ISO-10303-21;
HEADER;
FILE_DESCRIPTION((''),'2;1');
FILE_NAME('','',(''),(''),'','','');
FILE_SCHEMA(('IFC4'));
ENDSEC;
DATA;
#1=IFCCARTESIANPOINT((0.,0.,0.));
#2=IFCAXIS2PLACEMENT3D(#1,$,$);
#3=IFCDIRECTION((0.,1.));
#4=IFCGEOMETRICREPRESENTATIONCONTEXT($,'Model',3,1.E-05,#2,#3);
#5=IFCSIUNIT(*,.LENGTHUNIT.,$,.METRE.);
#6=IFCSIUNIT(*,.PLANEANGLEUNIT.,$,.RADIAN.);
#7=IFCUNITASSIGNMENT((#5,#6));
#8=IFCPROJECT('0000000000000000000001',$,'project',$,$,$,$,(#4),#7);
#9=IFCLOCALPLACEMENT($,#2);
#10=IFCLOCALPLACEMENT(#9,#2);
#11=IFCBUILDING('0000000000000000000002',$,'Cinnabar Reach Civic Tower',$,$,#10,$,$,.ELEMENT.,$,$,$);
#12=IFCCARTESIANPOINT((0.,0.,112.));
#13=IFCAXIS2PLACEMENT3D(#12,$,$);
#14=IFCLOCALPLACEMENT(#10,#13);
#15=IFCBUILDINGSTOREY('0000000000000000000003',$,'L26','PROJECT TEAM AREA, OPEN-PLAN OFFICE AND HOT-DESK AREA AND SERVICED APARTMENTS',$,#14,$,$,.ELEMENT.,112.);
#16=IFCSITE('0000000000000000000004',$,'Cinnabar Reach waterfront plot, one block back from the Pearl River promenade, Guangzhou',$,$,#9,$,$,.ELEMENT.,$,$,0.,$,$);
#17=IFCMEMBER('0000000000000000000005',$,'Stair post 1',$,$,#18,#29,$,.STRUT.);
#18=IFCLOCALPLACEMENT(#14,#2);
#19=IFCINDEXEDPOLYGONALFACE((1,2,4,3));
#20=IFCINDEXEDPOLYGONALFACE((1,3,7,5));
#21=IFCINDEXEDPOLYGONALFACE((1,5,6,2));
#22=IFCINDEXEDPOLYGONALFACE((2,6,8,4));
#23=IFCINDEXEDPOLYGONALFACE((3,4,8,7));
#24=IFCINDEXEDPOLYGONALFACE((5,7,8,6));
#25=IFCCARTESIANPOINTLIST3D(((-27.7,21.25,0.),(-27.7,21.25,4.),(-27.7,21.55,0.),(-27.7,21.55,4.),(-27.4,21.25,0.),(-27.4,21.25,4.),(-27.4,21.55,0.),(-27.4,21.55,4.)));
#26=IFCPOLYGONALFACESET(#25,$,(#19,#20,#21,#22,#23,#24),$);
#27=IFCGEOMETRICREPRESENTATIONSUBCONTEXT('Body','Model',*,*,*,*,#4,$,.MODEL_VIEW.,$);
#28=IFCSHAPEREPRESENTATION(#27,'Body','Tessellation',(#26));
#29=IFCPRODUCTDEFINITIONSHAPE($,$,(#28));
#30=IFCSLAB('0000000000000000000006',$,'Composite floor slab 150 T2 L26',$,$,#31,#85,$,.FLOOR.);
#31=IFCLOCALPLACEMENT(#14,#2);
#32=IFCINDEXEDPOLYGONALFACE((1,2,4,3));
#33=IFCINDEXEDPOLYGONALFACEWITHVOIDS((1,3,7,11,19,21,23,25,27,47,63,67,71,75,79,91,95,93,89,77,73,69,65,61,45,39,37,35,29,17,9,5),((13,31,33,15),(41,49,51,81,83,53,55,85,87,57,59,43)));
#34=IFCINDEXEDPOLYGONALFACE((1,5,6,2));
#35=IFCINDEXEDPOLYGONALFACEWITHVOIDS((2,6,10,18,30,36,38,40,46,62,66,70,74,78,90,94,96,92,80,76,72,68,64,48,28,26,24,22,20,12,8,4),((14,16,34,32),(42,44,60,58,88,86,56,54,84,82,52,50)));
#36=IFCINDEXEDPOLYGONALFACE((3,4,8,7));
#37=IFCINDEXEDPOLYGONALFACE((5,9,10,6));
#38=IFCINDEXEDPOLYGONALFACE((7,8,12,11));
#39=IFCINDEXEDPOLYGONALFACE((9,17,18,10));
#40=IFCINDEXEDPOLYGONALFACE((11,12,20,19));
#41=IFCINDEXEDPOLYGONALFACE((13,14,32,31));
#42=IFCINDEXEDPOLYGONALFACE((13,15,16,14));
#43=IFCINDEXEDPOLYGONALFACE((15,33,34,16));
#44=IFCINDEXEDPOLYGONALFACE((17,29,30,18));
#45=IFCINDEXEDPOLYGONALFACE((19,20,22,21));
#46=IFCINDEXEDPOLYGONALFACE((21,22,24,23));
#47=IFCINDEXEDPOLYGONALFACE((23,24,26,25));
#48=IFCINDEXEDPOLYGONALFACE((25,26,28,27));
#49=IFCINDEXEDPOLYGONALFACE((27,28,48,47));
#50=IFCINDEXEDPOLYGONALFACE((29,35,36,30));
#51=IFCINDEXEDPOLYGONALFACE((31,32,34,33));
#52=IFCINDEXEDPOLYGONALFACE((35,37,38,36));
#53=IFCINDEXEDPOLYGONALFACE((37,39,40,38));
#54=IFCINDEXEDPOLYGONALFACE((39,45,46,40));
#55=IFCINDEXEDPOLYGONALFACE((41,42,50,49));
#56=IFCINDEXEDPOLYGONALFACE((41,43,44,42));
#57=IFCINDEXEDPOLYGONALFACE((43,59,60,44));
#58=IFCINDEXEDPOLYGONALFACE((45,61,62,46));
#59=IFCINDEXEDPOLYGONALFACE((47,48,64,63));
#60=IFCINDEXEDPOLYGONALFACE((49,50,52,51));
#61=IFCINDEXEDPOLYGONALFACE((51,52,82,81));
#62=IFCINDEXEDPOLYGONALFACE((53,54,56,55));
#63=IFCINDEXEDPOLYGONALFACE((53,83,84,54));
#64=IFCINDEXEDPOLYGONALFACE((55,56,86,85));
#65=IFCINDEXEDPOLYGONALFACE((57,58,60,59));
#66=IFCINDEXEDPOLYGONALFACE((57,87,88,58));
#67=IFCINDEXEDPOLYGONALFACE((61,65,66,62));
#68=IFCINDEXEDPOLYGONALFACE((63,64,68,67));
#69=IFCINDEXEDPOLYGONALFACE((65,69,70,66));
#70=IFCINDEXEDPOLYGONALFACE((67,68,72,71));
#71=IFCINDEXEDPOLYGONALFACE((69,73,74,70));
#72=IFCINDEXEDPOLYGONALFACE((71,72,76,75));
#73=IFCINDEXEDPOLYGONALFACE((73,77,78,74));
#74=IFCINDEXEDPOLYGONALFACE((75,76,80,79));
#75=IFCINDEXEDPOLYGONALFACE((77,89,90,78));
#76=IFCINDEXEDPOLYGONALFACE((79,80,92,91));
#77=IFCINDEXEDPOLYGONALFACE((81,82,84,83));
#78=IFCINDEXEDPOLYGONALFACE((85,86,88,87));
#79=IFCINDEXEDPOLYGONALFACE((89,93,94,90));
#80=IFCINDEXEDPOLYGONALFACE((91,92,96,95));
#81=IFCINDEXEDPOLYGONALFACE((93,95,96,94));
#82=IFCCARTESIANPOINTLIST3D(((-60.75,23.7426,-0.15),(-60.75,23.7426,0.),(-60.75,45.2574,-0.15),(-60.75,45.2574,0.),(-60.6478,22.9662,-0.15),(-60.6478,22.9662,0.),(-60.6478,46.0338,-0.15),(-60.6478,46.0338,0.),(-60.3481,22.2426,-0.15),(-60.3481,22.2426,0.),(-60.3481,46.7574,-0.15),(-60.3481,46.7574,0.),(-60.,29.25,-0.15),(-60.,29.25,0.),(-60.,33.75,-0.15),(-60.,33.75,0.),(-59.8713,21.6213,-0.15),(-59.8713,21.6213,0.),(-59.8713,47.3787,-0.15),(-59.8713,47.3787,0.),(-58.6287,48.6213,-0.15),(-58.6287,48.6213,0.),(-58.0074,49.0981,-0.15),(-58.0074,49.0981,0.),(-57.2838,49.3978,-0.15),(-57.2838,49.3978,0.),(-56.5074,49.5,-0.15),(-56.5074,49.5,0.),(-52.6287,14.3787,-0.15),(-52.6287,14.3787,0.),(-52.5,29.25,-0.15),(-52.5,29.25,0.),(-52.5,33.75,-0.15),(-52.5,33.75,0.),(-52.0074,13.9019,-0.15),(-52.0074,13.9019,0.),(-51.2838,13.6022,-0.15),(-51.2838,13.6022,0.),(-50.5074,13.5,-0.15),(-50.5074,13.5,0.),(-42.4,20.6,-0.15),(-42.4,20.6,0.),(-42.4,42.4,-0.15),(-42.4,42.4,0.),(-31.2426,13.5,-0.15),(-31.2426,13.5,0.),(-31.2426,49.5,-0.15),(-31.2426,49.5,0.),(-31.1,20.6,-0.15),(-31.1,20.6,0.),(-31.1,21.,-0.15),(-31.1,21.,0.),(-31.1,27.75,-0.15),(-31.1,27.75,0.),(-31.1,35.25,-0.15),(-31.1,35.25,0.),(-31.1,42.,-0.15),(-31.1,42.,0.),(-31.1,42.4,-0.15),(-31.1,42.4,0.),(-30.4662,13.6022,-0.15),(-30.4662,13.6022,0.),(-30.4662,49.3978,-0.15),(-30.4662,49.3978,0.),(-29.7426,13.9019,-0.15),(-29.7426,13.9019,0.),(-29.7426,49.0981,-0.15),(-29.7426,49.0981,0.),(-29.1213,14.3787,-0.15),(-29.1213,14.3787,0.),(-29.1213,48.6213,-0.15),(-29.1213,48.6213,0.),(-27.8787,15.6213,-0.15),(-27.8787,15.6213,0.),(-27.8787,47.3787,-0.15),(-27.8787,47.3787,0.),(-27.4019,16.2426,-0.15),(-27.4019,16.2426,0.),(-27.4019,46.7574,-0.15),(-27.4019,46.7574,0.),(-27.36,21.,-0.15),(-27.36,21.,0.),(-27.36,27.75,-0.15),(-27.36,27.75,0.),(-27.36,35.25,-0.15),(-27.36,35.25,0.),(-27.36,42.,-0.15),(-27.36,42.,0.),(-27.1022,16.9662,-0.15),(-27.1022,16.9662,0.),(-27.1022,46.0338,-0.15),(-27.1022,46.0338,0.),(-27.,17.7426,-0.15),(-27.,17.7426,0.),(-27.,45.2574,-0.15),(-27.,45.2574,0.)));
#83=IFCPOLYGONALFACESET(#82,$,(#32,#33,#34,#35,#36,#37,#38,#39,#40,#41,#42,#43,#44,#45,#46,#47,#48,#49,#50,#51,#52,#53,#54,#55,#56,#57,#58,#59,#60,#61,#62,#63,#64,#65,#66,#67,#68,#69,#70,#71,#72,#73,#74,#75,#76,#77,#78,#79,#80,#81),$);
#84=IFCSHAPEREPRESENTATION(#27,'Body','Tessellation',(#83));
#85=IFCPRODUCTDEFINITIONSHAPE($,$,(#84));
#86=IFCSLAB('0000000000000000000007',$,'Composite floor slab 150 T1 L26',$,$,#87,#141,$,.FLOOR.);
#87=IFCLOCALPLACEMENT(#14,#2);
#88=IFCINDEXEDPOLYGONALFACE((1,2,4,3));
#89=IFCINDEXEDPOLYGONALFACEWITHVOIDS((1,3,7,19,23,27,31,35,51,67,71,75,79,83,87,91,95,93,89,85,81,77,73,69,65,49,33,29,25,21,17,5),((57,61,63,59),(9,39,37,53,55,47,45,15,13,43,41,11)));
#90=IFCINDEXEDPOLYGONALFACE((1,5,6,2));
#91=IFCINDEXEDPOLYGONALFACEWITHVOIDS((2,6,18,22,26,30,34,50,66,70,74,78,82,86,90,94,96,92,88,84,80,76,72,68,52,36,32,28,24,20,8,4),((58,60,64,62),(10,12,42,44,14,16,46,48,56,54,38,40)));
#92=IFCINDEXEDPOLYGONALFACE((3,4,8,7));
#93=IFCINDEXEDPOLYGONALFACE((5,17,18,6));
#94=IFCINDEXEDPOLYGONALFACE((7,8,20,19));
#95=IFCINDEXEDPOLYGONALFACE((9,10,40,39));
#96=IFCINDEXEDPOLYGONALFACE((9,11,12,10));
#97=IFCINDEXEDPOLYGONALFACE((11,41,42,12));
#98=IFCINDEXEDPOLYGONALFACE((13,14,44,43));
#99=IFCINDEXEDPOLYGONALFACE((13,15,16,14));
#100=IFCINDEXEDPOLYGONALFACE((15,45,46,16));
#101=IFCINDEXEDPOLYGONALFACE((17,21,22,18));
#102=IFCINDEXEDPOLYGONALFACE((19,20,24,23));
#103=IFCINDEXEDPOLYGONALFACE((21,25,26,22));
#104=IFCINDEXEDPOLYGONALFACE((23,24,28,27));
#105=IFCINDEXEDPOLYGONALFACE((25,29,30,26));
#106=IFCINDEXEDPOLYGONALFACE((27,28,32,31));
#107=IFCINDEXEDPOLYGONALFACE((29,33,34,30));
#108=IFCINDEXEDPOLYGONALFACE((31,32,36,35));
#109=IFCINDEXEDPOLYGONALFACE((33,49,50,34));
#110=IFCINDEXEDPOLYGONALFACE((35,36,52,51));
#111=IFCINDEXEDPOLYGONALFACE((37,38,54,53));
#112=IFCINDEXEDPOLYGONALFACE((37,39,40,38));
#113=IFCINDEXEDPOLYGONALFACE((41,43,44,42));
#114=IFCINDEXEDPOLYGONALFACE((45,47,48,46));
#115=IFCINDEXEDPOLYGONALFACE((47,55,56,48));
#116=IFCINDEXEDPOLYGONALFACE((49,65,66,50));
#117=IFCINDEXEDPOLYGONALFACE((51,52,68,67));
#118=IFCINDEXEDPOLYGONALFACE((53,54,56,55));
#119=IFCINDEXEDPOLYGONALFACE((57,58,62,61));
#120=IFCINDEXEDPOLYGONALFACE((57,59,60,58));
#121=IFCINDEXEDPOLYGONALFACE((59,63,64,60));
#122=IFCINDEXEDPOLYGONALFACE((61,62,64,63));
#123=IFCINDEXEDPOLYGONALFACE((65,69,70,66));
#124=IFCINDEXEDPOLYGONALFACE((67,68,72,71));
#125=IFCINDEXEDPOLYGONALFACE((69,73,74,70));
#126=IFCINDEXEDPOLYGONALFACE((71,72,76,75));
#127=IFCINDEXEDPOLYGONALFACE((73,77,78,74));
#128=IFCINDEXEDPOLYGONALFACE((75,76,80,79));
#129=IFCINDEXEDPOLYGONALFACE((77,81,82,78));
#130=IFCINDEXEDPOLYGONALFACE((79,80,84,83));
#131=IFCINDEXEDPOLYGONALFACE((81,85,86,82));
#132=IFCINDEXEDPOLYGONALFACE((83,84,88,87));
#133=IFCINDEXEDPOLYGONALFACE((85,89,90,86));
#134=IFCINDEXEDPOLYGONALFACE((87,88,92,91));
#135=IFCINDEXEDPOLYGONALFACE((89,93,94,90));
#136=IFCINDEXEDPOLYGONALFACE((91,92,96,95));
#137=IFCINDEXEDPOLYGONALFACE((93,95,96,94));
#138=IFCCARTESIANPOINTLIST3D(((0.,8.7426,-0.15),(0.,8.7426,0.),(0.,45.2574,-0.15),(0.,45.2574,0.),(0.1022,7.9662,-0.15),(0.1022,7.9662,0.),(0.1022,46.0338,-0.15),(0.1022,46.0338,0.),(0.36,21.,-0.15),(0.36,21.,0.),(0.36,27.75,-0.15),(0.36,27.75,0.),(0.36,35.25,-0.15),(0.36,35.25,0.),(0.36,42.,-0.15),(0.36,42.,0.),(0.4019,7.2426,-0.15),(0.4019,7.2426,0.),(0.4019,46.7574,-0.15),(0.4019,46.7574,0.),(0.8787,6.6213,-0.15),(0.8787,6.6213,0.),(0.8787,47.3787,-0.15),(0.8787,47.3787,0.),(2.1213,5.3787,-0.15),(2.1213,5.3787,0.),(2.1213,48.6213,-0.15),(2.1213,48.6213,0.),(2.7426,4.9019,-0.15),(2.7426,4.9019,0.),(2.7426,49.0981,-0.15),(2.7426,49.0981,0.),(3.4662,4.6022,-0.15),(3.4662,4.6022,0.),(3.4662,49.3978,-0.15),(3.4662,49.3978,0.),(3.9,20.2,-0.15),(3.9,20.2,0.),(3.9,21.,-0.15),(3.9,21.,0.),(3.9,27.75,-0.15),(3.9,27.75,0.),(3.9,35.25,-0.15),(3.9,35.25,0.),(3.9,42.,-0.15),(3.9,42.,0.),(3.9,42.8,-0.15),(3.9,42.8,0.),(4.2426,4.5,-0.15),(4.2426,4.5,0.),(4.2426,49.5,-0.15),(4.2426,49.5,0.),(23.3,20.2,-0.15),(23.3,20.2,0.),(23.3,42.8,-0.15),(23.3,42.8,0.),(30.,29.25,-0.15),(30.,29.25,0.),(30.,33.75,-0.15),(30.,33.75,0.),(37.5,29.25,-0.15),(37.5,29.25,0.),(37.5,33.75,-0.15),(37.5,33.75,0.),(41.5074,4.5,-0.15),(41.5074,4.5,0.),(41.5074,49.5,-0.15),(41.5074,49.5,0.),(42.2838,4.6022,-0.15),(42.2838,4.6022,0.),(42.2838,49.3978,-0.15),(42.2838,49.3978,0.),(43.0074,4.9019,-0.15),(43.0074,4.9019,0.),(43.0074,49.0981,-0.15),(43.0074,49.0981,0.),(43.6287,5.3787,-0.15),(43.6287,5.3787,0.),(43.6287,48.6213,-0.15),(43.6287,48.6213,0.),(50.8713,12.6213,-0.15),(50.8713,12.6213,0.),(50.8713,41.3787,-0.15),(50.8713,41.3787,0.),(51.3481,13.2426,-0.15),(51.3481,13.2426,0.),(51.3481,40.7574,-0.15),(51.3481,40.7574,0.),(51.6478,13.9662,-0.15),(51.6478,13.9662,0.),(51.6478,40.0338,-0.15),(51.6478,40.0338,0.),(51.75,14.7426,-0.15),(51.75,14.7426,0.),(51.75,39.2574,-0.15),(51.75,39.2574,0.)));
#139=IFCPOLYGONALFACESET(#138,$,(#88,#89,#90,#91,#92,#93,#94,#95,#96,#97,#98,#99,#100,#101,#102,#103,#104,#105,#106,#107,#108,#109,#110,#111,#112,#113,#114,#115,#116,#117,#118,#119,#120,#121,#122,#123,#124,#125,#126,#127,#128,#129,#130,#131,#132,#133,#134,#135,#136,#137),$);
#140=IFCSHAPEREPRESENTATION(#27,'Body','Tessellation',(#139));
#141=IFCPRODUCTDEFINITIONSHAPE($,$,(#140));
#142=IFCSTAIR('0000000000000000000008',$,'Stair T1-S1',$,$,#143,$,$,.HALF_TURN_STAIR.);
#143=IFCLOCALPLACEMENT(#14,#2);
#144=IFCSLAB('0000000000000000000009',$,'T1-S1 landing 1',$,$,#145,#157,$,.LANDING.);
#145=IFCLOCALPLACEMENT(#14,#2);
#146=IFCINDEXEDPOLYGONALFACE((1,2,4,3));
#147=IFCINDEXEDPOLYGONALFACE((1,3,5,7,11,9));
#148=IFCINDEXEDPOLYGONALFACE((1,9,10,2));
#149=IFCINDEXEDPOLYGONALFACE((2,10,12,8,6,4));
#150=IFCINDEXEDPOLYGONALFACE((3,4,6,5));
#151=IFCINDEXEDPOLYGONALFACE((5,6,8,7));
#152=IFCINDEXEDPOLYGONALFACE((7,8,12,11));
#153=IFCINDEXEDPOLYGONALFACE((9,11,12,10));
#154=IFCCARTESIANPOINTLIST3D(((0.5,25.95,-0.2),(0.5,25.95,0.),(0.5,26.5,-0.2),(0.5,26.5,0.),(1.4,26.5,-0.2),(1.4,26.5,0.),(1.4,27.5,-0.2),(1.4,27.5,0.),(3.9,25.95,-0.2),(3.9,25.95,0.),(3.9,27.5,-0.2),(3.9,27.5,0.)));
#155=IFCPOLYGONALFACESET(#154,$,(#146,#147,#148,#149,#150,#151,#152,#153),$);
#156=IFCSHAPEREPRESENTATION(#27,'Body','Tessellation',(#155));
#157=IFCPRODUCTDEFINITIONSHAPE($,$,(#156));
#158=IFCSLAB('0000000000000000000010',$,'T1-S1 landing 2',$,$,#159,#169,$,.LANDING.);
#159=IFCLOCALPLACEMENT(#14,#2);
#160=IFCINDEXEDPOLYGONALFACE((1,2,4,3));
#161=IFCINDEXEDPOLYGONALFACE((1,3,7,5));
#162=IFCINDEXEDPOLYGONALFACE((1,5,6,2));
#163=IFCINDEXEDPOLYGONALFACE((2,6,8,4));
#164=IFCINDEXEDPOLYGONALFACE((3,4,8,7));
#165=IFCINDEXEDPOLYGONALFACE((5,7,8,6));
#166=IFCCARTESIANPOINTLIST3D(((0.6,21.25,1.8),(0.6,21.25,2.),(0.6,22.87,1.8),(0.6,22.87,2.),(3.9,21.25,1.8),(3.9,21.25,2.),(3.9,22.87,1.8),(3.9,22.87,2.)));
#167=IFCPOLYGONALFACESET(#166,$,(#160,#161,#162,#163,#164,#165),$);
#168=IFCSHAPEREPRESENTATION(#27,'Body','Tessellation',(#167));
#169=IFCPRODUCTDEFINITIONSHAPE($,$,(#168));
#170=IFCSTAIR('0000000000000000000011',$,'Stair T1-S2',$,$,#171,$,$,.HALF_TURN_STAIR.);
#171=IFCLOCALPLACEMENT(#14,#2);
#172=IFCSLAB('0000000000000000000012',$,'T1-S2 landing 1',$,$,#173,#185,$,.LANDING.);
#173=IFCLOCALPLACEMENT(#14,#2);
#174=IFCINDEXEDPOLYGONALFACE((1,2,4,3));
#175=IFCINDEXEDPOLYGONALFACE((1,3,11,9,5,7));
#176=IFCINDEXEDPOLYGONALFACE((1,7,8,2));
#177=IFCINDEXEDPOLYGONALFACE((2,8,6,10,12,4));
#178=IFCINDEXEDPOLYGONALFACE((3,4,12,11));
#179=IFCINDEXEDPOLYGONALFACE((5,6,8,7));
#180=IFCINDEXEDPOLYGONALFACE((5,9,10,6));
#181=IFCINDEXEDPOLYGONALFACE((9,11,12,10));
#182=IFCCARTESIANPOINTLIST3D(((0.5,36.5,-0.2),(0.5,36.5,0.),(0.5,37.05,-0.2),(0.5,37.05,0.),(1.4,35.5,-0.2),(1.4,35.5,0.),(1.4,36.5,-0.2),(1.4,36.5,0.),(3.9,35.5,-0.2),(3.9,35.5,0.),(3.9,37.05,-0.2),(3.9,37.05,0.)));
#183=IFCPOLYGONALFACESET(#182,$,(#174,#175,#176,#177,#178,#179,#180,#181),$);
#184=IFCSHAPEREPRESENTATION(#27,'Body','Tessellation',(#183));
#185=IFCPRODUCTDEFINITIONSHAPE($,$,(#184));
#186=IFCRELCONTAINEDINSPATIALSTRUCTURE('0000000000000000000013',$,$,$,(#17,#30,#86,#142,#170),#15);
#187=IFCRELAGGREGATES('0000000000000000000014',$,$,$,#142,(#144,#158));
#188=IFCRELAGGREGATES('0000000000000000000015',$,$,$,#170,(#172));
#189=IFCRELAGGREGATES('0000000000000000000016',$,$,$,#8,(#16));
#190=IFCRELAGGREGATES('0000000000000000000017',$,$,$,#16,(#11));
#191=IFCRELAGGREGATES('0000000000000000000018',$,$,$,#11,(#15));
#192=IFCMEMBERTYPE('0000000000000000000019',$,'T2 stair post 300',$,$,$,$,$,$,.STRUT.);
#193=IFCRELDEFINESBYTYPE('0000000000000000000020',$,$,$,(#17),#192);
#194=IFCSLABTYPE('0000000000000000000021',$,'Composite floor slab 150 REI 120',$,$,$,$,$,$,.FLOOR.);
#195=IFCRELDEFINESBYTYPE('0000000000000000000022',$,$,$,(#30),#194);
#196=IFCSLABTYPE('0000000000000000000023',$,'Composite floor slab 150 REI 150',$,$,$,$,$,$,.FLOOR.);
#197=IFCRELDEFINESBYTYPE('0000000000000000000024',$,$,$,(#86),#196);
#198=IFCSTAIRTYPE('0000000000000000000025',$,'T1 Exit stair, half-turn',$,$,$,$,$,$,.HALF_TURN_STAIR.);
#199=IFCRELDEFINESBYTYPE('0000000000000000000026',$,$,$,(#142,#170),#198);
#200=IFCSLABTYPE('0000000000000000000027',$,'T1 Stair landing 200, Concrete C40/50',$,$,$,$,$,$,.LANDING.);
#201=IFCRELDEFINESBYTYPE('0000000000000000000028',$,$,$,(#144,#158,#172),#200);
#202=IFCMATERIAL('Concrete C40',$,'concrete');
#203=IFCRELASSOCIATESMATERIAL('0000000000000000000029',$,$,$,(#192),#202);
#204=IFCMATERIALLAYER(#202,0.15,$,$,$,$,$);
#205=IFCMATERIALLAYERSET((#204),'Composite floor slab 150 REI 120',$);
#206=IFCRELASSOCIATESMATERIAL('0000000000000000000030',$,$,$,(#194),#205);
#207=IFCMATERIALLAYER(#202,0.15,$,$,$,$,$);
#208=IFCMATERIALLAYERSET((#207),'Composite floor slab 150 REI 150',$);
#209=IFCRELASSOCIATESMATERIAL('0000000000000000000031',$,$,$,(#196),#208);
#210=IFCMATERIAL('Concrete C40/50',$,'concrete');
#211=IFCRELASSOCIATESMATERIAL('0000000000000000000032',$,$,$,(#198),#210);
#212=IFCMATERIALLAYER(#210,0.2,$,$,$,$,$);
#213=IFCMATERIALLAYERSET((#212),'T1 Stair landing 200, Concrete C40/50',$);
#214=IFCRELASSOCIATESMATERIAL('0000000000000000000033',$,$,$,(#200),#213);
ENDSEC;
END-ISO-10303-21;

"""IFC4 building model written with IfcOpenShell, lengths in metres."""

from ifc_helpers import new_model, si_unit, direction, frame, origin, origin_2d, place, context, subcontext, project, spatial, polyline, rectangle, outline, extrude, material, layer, layer_set, material_profile, profile_set, type_object, element, aggregate, save


model = new_model("IFC4")

# Units and contexts
model_context = context("Model", 3, precision=1e-05, world=origin(), true_north=direction((0.0, 1.0)))
body_context = subcontext(model_context, "Body", "Model", "MODEL_VIEW")
ifc_project = project(units=[si_unit("LENGTHUNIT", "METRE"), si_unit("PLANEANGLEUNIT", "RADIAN")], contexts=[model_context])

# Site, building, storey
site_placement = place(None, origin())
site = spatial("IfcSite", under=ifc_project, at=site_placement, Name="Cinnabar Reach waterfront plot, one block back from the Pearl River promenade, Guangzhou", CompositionType="ELEMENT", RefElevation=0.0)
building_placement = place(site_placement, origin())
building = spatial("IfcBuilding", under=site, at=building_placement, Name="Cinnabar Reach Civic Tower", CompositionType="ELEMENT")
storey_placement = place(building_placement, frame((0.0, 0.0, 112.0)))
storey = spatial("IfcBuildingStorey", under=building, at=storey_placement, Name="L26", Description="PROJECT TEAM AREA, OPEN-PLAN OFFICE AND HOT-DESK AREA AND SERVICED APARTMENTS", CompositionType="ELEMENT", Elevation=112.0)

# Member
ifc_material_1 = material(Name="Concrete C40", Category="concrete")
ifc_material_profile = material_profile(ifc_material_1, rectangle(XDim=0.3, YDim=0.3, at=origin_2d()), Name="C300")
ifc_profile_set = profile_set([ifc_material_profile], Name="Concrete C40")
member_type = type_object("IfcMemberType", Name="T2 stair post 300", PredefinedType="STRUT", material=ifc_profile_set)
member_placement = place(storey_placement, frame((-27.55, 21.4, 0.0), z_axis=(0.0, 0.0, 1.0), x_axis=(1.0, 0.0, 0.0)))
element("IfcMember", 1, at=member_placement, inside=storey, type_object=member_type, Name="Stair post 1", PredefinedType="STRUT", context=body_context, shape_type="SweptSolid", body=[
    extrude(rectangle(XDim=0.3, YDim=0.3, at=origin_2d()), origin(), (0.0, 0.0, 1.0), 4.0),
])

# Slabs
ifc_layer_1 = layer(ifc_material_1, 0.15)
ifc_layer_set_1 = layer_set([ifc_layer_1], Name="Composite floor slab 150 REI 120")
slab_type_1 = type_object("IfcSlabType", Name="Composite floor slab 150 REI 120", PredefinedType="FLOOR", material=ifc_layer_set_1)
slab_1_placement = place(storey_placement, frame((0.0, 0.0, -0.15)))
element("IfcSlab", 2, at=slab_1_placement, inside=storey, type_object=slab_type_1, Name="Composite floor slab 150 T2 L26", PredefinedType="FLOOR", context=body_context, shape_type="SweptSolid", body=[
    extrude(outline(polyline([(-59.8713, 21.6213), (-60.3481, 22.2426), (-60.6478, 22.9662), (-60.75, 23.7426), (-60.75, 45.2574), (-60.6478, 46.0338), (-60.3481, 46.7574), (-59.8713, 47.3787), (-58.6287, 48.6213), (-58.0074, 49.0981), (-57.2838, 49.3978), (-56.5074, 49.5), (-31.2426, 49.5), (-30.4662, 49.3978), (-29.7426, 49.0981), (-29.1213, 48.6213), (-27.8787, 47.3787), (-27.4019, 46.7574), (-27.1022, 46.0338), (-27.0, 45.2574), (-27.0, 17.7426), (-27.1022, 16.9662), (-27.4019, 16.2426), (-27.8787, 15.6213), (-29.1213, 14.3787), (-29.7426, 13.9019), (-30.4662, 13.6022), (-31.2426, 13.5), (-50.5074, 13.5), (-51.2838, 13.6022), (-52.0074, 13.9019), (-52.6287, 14.3787), (-59.8713, 21.6213)]), holes=[polyline([(-31.1, 27.75), (-31.1, 35.25), (-27.36, 35.25), (-27.36, 42.0), (-31.1, 42.0), (-31.1, 42.4), (-42.4, 42.4), (-42.4, 20.6), (-31.1, 20.6), (-31.1, 21.0), (-27.36, 21.0), (-27.36, 27.75), (-31.1, 27.75)]), polyline([(-60.0, 33.75), (-60.0, 29.25), (-52.5, 29.25), (-52.5, 33.75), (-60.0, 33.75)])]), origin(), (0.0, 0.0, 1.0), 0.15),
])
ifc_layer_2 = layer(ifc_material_1, 0.15)
ifc_layer_set_2 = layer_set([ifc_layer_2], Name="Composite floor slab 150 REI 150")
slab_type_2 = type_object("IfcSlabType", Name="Composite floor slab 150 REI 150", PredefinedType="FLOOR", material=ifc_layer_set_2)
slab_2_placement = place(storey_placement, frame((0.0, 0.0, -0.15)))
element("IfcSlab", 3, at=slab_2_placement, inside=storey, type_object=slab_type_2, Name="Composite floor slab 150 T1 L26", PredefinedType="FLOOR", context=body_context, shape_type="SweptSolid", body=[
    extrude(outline(polyline([(0.8787, 6.6213), (0.4019, 7.2426), (0.1022, 7.9662), (0.0, 8.7426), (0.0, 45.2574), (0.1022, 46.0338), (0.4019, 46.7574), (0.8787, 47.3787), (2.1213, 48.6213), (2.7426, 49.0981), (3.4662, 49.3978), (4.2426, 49.5), (41.5074, 49.5), (42.2838, 49.3978), (43.0074, 49.0981), (43.6287, 48.6213), (50.8713, 41.3787), (51.3481, 40.7574), (51.6478, 40.0338), (51.75, 39.2574), (51.75, 14.7426), (51.6478, 13.9662), (51.3481, 13.2426), (50.8713, 12.6213), (43.6287, 5.3787), (43.0074, 4.9019), (42.2838, 4.6022), (41.5074, 4.5), (4.2426, 4.5), (3.4662, 4.6022), (2.7426, 4.9019), (2.1213, 5.3787), (0.8787, 6.6213)]), holes=[polyline([(0.36, 21.0), (3.9, 21.0), (3.9, 20.2), (23.3, 20.2), (23.3, 42.8), (3.9, 42.8), (3.9, 42.0), (0.36, 42.0), (0.36, 35.25), (3.9, 35.25), (3.9, 27.75), (0.36, 27.75), (0.36, 21.0)]), polyline([(30.0, 33.75), (30.0, 29.25), (37.5, 29.25), (37.5, 33.75), (30.0, 33.75)])]), origin(), (0.0, 0.0, 1.0), 0.15),
])

# Stairs, slabs
ifc_material_2 = material(Name="Concrete C40/50", Category="concrete")
stair_type_1 = type_object("IfcStairType", Name="T1 Exit stair, half-turn", PredefinedType="HALF_TURN_STAIR", material=ifc_material_2)
stair_1_placement = place(storey_placement, origin())
stair_1 = element("IfcStair", 4, at=stair_1_placement, inside=storey, type_object=stair_type_1, Name="Stair T1-S1", PredefinedType="HALF_TURN_STAIR")
ifc_layer_3 = layer(ifc_material_2, 0.2)
ifc_layer_set_3 = layer_set([ifc_layer_3], Name="T1 Stair landing 200, Concrete C40/50")
slab_type_3 = type_object("IfcSlabType", Name="T1 Stair landing 200, Concrete C40/50", PredefinedType="LANDING", material=ifc_layer_set_3)
slab_3_placement = place(storey_placement, frame((0.0, 0.0, -0.2)))
slab_3 = element("IfcSlab", 5, at=slab_3_placement, type_object=slab_type_3, Name="T1-S1 landing 1", PredefinedType="LANDING", context=body_context, shape_type="SweptSolid", body=[
    extrude(outline(polyline([(3.9, 27.5), (3.9, 25.95), (0.5, 25.95), (0.5, 26.5), (1.4, 26.5), (1.4, 27.5), (3.9, 27.5)])), origin(), (0.0, 0.0, 1.0), 0.2),
])
slab_4_placement = place(storey_placement, frame((0.0, 0.0, 1.8)))
slab_4 = element("IfcSlab", 6, at=slab_4_placement, type_object=slab_type_3, Name="T1-S1 landing 2", PredefinedType="LANDING", context=body_context, shape_type="SweptSolid", body=[
    extrude(outline(polyline([(0.6, 21.25), (0.6, 22.87), (3.9, 22.87), (3.9, 21.25), (0.6, 21.25)])), origin(), (0.0, 0.0, 1.0), 0.2),
])
aggregate(stair_1, [slab_3, slab_4])
stair_2_placement = place(storey_placement, origin())
stair_2 = element("IfcStair", 7, at=stair_2_placement, inside=storey, type_object=stair_type_1, Name="Stair T1-S2", PredefinedType="HALF_TURN_STAIR")
slab_5_placement = place(storey_placement, frame((0.0, 0.0, -0.2)))
slab_5 = element("IfcSlab", 8, at=slab_5_placement, type_object=slab_type_3, Name="T1-S2 landing 1", PredefinedType="LANDING", context=body_context, shape_type="SweptSolid", body=[
    extrude(outline(polyline([(0.5, 37.05), (3.9, 37.05), (3.9, 35.5), (1.4, 35.5), (1.4, 36.5), (0.5, 36.5), (0.5, 37.05)])), origin(), (0.0, 0.0, 1.0), 0.2),
])
aggregate(stair_2, [slab_5])

save(model, "model.ifc")
